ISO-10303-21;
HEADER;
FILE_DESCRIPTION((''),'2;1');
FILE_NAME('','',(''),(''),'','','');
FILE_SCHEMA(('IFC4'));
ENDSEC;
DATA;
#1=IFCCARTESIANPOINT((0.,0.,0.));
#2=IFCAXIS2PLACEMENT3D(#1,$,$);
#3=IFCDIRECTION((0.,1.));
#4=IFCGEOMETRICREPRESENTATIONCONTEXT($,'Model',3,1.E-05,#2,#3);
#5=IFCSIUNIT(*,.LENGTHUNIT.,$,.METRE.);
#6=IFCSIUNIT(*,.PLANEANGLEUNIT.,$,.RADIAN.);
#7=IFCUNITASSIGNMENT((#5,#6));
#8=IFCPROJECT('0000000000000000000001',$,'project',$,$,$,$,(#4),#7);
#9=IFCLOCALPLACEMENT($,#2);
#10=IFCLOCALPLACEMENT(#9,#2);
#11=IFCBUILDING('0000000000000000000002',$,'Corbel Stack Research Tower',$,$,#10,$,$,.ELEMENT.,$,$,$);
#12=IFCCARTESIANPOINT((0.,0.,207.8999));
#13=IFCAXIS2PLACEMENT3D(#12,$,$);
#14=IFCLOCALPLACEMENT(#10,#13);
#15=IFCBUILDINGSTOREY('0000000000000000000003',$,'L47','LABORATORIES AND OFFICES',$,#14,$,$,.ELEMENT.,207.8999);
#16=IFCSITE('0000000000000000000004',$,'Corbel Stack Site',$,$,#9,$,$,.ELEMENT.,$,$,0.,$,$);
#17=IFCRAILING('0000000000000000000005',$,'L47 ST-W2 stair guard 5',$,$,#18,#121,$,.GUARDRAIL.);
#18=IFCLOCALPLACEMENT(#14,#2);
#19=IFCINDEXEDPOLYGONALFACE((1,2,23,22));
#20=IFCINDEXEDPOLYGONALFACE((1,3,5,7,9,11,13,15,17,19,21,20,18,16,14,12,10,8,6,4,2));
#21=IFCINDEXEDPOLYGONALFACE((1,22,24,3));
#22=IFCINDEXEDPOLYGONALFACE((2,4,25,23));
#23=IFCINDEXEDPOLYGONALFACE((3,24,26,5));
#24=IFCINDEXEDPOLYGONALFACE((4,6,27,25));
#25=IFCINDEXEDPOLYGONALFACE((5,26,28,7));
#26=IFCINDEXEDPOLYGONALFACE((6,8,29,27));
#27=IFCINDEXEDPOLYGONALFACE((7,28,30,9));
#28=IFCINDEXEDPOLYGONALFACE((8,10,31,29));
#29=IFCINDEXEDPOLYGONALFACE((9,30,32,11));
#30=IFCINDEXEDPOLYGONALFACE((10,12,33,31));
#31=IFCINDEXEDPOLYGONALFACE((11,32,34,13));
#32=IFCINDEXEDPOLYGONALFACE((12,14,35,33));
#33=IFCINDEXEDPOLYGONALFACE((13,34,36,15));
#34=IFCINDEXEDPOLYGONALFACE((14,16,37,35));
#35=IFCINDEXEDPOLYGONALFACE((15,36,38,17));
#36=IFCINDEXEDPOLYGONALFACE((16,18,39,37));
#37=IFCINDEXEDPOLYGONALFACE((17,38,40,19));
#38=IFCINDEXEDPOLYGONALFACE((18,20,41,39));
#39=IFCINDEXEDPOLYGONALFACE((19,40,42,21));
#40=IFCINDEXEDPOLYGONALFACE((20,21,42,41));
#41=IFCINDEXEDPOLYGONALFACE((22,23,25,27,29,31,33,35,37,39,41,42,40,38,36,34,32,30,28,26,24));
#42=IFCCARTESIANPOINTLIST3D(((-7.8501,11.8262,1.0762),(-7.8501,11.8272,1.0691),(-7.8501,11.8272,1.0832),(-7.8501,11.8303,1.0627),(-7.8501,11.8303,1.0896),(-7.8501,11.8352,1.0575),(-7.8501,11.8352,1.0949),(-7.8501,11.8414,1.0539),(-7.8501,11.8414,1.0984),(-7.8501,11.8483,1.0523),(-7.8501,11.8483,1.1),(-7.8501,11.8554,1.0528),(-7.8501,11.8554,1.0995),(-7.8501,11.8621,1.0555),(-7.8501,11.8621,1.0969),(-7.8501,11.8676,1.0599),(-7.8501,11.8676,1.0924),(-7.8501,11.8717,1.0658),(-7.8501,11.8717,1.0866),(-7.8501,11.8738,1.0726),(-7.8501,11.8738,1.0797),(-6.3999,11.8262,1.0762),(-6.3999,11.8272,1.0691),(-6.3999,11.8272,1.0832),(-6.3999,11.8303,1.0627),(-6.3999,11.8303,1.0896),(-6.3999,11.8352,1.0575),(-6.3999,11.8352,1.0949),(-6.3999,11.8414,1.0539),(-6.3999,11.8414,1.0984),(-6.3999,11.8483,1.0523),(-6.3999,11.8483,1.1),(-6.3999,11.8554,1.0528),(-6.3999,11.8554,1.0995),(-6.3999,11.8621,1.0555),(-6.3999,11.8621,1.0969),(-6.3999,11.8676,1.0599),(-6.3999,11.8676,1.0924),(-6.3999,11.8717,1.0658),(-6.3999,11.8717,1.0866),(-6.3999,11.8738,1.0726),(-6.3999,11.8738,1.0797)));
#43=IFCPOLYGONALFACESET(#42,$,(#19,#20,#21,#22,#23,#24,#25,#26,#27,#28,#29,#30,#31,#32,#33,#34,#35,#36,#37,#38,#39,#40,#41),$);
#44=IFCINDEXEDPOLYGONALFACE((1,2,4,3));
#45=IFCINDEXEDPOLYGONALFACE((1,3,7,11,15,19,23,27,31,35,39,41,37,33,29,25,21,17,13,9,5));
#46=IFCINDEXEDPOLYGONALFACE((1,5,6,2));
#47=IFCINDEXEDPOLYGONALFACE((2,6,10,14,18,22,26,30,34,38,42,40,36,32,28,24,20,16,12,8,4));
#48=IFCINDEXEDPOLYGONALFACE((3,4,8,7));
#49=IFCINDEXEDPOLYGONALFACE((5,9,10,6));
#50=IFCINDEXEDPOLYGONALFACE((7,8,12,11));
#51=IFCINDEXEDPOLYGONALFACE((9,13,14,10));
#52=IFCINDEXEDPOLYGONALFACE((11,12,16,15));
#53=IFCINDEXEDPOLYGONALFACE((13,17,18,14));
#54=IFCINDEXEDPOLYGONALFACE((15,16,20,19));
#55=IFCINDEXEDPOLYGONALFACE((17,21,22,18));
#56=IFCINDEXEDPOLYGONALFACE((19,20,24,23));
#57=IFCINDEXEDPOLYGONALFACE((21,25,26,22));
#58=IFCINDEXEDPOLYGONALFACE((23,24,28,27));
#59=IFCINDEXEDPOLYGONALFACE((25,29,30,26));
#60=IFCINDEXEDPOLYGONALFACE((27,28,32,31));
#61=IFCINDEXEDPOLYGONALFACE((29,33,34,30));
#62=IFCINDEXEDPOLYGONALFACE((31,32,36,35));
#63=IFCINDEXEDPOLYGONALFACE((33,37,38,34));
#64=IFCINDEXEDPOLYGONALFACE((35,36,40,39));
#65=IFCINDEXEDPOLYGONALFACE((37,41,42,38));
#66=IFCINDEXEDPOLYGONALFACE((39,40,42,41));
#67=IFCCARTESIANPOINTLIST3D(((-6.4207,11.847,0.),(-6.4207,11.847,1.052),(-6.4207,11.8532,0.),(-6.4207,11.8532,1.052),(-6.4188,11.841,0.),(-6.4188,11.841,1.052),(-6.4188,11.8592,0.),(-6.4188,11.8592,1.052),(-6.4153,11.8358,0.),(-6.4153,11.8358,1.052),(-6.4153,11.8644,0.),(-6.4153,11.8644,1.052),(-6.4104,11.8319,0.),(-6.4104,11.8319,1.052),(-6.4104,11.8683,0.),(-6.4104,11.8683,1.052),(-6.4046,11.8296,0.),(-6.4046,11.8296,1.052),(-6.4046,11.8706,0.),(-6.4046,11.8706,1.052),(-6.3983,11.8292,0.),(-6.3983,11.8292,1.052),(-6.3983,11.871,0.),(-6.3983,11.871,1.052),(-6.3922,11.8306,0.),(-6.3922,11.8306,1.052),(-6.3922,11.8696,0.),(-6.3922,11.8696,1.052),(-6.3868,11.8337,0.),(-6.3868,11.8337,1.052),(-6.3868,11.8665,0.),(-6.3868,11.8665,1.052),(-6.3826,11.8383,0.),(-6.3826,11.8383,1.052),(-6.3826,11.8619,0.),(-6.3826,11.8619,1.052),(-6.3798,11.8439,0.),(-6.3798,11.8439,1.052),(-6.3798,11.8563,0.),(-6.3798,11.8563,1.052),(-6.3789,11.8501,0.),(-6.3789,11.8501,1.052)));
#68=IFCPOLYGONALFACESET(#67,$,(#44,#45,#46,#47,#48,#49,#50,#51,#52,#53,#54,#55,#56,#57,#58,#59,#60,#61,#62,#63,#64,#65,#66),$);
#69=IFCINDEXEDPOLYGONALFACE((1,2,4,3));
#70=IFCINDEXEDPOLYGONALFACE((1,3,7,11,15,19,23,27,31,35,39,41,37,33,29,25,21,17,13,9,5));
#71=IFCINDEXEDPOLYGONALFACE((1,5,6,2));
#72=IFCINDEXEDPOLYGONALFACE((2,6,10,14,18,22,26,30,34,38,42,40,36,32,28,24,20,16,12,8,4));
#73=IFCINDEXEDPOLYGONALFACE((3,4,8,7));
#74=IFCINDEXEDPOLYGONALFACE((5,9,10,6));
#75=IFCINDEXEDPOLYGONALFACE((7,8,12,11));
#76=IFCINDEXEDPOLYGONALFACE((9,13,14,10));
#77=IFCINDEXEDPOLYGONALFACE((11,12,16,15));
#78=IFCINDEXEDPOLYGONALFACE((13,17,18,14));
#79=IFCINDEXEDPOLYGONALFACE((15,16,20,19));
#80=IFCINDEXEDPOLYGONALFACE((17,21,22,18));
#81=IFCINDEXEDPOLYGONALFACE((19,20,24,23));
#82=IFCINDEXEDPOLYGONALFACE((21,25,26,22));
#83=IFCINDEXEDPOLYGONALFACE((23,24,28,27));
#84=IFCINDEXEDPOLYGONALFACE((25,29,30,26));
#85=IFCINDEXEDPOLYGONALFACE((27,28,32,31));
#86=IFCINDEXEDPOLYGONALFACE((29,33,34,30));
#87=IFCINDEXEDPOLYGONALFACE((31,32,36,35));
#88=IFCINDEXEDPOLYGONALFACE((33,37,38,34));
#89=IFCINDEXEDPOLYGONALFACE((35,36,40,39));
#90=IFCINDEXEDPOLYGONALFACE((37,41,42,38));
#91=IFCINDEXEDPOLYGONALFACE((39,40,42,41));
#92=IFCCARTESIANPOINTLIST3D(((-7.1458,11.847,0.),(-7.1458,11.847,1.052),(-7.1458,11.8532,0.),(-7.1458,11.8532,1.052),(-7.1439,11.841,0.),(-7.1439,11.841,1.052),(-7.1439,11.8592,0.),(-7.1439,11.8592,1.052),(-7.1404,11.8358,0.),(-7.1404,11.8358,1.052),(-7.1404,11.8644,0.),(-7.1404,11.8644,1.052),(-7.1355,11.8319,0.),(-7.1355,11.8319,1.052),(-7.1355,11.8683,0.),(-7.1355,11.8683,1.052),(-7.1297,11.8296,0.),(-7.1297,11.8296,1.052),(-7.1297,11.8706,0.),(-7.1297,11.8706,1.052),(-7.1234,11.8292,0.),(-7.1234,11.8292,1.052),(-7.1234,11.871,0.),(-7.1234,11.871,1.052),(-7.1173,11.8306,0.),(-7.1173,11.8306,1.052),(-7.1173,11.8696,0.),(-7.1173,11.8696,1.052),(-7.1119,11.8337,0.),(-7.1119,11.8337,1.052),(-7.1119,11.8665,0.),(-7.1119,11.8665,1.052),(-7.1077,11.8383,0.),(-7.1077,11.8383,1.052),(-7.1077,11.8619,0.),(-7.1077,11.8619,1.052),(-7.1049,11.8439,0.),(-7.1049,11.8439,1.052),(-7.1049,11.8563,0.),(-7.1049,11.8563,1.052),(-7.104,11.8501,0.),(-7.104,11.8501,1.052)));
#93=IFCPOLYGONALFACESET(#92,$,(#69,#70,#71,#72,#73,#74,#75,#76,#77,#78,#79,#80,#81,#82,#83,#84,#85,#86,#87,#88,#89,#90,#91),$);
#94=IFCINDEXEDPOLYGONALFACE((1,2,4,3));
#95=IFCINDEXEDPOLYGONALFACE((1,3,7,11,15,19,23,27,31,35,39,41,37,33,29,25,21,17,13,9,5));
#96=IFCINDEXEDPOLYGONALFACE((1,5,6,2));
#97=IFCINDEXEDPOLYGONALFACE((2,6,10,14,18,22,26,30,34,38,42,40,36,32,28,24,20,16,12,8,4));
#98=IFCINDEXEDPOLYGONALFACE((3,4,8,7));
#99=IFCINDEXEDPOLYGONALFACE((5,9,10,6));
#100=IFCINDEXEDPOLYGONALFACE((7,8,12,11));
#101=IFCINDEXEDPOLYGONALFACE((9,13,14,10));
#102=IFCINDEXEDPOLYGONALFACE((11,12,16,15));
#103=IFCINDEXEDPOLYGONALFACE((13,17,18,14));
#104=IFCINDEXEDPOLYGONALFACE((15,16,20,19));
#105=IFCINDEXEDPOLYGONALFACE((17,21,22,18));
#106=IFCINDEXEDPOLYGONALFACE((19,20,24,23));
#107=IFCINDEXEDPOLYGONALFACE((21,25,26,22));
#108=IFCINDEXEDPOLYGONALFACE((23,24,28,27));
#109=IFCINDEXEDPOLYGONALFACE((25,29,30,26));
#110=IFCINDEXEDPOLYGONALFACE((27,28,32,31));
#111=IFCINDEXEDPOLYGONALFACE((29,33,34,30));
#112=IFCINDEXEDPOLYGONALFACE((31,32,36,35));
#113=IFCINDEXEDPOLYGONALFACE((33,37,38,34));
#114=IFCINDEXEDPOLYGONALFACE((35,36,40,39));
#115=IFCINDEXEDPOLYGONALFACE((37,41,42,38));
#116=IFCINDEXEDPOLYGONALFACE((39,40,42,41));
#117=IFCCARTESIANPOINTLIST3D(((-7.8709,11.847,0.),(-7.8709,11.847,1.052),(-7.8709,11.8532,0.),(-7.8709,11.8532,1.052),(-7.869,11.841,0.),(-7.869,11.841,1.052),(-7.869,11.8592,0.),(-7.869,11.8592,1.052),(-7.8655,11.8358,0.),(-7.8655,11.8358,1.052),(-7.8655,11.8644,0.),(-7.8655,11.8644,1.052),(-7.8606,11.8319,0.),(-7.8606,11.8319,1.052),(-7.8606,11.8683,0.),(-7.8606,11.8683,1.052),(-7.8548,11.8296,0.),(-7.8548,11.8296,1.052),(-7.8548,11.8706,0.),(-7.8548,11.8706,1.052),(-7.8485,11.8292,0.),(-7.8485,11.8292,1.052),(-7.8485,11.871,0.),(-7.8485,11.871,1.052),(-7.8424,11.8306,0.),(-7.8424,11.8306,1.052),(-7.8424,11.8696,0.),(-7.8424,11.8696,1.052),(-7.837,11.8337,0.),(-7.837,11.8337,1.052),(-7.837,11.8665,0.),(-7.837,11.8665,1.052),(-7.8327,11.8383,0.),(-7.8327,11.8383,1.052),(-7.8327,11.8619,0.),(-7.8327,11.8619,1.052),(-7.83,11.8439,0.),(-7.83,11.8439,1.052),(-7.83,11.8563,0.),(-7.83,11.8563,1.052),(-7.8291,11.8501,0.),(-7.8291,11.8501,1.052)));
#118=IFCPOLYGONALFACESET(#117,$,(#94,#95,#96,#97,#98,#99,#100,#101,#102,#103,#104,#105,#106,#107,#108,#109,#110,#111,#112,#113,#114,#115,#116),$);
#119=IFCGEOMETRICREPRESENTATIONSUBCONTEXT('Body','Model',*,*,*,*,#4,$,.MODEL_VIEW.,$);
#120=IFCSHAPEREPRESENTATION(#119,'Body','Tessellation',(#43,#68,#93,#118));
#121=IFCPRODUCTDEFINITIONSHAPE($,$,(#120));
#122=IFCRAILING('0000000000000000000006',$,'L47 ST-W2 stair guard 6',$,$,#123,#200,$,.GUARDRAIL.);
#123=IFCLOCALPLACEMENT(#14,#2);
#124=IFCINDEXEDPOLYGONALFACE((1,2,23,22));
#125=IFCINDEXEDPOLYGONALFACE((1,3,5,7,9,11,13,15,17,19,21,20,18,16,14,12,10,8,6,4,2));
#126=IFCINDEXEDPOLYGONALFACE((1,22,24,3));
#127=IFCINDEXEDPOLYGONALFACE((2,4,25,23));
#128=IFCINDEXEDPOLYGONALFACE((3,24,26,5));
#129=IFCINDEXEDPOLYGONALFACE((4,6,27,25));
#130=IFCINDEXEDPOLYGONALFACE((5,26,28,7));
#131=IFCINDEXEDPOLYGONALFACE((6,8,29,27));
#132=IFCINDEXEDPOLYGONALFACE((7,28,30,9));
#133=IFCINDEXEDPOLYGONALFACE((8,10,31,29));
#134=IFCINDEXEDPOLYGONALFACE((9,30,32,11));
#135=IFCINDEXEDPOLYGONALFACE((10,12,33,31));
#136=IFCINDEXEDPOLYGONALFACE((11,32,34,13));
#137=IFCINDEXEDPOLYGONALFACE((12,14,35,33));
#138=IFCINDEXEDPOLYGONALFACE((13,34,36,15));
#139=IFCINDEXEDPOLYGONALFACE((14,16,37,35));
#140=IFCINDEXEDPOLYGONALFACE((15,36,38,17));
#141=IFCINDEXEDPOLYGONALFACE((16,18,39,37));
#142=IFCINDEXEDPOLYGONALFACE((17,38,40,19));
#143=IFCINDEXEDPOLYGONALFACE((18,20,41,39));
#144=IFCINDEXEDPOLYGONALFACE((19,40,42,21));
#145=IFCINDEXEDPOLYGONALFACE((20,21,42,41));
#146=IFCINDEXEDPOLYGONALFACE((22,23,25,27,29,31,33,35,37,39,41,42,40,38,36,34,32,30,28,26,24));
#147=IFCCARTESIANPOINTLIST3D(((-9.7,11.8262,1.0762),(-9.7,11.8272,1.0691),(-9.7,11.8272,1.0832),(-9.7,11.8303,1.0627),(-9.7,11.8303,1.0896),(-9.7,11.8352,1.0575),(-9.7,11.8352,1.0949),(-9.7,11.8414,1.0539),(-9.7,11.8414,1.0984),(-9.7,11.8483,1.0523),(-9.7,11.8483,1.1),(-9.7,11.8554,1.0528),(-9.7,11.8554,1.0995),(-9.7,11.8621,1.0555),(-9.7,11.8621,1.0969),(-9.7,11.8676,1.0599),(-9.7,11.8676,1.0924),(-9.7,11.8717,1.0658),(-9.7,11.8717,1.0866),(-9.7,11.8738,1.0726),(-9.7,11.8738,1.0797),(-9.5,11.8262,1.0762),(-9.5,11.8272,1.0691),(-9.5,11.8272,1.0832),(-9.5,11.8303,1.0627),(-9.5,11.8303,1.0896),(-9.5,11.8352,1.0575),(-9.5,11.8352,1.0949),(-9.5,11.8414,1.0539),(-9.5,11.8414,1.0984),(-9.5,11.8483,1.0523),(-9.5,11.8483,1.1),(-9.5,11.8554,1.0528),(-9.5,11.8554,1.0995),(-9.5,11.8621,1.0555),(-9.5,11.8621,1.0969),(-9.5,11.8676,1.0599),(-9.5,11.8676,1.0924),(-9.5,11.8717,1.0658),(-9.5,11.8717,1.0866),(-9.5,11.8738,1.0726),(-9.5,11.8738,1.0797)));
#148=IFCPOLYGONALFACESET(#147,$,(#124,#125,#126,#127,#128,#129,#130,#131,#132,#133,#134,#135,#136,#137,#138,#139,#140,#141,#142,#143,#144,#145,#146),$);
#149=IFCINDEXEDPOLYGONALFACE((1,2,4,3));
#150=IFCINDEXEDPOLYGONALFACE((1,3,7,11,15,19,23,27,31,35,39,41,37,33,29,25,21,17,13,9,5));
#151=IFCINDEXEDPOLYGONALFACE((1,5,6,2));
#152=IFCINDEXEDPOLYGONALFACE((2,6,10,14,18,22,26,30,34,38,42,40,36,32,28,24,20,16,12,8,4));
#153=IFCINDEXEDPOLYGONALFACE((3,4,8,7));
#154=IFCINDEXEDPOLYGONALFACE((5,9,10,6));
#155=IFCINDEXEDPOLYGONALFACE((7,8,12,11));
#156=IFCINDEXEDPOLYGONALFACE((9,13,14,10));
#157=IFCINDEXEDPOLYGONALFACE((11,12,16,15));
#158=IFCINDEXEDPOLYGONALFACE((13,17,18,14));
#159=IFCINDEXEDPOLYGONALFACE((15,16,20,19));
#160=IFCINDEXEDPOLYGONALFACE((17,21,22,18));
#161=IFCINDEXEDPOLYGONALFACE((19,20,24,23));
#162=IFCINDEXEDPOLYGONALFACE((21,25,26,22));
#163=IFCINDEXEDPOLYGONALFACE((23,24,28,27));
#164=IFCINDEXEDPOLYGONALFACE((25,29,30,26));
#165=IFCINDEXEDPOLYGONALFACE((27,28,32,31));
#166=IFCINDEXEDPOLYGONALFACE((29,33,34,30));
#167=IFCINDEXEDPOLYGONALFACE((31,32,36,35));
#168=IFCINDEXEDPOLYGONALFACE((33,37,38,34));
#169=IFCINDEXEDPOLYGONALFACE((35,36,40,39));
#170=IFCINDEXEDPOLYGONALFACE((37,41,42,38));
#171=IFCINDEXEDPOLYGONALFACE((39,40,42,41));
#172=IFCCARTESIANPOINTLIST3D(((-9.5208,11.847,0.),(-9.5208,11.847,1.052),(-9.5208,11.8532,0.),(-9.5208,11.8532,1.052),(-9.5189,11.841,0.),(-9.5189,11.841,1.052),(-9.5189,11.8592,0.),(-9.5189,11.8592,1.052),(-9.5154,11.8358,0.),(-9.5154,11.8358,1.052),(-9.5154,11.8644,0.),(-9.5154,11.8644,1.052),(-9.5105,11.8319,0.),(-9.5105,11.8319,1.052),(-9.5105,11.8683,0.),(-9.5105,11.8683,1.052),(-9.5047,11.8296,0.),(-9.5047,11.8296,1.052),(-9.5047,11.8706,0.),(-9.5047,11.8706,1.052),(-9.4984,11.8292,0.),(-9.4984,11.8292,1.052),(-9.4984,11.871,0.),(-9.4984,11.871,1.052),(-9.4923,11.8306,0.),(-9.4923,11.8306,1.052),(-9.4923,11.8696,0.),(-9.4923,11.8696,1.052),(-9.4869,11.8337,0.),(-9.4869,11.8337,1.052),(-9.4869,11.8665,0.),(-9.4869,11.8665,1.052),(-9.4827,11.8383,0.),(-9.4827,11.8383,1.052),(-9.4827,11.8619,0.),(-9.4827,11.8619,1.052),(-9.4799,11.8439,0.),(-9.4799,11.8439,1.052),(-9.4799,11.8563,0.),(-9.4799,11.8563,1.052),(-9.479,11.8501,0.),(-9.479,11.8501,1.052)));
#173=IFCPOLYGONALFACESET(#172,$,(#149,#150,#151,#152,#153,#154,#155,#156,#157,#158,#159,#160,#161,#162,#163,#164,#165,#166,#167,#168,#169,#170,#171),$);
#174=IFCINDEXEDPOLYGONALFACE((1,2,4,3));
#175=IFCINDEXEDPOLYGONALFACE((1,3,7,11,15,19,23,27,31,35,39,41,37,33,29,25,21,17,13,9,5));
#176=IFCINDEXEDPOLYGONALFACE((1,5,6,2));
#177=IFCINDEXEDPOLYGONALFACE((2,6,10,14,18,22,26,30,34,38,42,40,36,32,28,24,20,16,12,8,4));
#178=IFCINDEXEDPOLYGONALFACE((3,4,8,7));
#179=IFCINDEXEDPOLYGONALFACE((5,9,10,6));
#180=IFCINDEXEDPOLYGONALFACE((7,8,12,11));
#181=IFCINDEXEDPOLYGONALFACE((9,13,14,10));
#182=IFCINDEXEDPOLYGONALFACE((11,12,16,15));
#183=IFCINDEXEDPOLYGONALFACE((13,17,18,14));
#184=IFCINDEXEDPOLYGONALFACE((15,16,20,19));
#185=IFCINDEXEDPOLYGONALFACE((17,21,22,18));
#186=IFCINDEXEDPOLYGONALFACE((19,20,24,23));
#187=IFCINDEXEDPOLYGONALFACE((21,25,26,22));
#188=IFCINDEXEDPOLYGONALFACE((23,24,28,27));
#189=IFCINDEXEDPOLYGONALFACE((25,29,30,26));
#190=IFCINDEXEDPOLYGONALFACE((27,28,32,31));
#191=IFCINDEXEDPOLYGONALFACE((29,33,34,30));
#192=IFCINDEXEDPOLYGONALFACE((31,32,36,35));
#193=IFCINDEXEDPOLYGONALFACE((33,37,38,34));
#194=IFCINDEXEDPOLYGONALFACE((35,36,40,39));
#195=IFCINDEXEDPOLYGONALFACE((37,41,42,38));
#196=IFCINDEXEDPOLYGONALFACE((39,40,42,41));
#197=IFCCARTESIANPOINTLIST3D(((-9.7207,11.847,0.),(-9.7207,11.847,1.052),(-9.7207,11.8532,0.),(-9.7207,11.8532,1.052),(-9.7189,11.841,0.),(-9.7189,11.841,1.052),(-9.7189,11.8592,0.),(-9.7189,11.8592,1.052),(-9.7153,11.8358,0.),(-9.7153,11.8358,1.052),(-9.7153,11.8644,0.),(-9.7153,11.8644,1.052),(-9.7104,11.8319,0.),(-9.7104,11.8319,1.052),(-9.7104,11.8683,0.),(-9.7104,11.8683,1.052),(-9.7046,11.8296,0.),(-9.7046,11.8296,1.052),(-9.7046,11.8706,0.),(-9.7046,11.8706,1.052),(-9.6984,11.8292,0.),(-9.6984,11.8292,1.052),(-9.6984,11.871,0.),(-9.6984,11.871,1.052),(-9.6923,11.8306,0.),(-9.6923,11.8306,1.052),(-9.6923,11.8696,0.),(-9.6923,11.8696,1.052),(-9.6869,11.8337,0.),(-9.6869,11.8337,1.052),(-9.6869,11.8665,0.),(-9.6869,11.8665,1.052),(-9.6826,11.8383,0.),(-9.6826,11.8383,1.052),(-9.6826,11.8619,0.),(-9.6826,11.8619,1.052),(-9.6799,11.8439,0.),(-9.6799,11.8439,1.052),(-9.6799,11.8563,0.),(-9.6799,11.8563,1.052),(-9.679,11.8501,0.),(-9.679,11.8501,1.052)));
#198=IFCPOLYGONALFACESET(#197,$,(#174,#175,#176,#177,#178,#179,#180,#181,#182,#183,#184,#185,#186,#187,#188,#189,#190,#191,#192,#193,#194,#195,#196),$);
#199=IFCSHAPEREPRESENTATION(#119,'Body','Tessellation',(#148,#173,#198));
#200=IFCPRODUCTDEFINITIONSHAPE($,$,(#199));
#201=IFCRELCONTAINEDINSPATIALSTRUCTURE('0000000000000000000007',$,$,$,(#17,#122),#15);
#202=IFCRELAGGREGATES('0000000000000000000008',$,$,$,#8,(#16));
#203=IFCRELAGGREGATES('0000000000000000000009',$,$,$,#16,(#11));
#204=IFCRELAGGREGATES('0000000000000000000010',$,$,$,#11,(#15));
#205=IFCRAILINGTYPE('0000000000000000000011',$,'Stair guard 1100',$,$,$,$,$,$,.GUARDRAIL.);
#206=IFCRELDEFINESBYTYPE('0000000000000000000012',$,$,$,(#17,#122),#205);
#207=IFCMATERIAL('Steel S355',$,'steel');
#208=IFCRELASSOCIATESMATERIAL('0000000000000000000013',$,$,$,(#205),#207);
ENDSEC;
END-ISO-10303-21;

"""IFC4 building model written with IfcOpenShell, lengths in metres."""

from ifc_helpers import new_model, si_unit, direction, frame, origin, origin_2d, place, context, subcontext, project, spatial, circle, extrude, material, type_object, element, save


model = new_model("IFC4")

# Units and contexts
model_context = context("Model", 3, precision=1e-05, world=origin(), true_north=direction((0.0, 1.0)))
body_context = subcontext(model_context, "Body", "Model", "MODEL_VIEW")
ifc_project = project(units=[si_unit("LENGTHUNIT", "METRE"), si_unit("PLANEANGLEUNIT", "RADIAN")], contexts=[model_context])

# Site, building, storey
site_placement = place(None, origin())
site = spatial("IfcSite", under=ifc_project, at=site_placement, Name="Corbel Stack Site", CompositionType="ELEMENT", RefElevation=0.0)
building_placement = place(site_placement, origin())
building = spatial("IfcBuilding", under=site, at=building_placement, Name="Corbel Stack Research Tower", CompositionType="ELEMENT")
storey_placement = place(building_placement, frame((0.0, 0.0, 207.8999)))
storey = spatial("IfcBuildingStorey", under=building, at=storey_placement, Name="L47", Description="LABORATORIES AND OFFICES", CompositionType="ELEMENT", Elevation=207.8999)

# Railings
ifc_material_1 = material(Name="Steel S355", Category="steel")
railing_type = type_object("IfcRailingType", Name="Stair guard 1100", PredefinedType="GUARDRAIL", material=ifc_material_1)
railing_1_placement = place(storey_placement, frame((-6.3999, 11.8501, 0.0)))
element("IfcRailing", 1, at=railing_1_placement, inside=storey, type_object=railing_type, Name="L47 ST-W2 stair guard 5", PredefinedType="GUARDRAIL", context=body_context, shape_type="SweptSolid", body=[
    extrude(circle(Radius=0.0239, at=origin_2d()), frame((0.0, 0.0, 1.0762), z_axis=(-1.0, 0.0, 0.0), x_axis=(0.0, -1.0, 0.0)), (0.0, 0.0, 1.0), 1.4502),
    extrude(circle(Radius=0.021, at=origin_2d()), origin(), (0.0, 0.0, 1.0), 1.052),
    extrude(circle(Radius=0.021, at=origin_2d()), frame((-0.7251, 0.0, 0.0)), (0.0, 0.0, 1.0), 1.052),
    extrude(circle(Radius=0.021, at=origin_2d()), frame((-1.4502, 0.0, 0.0)), (0.0, 0.0, 1.0), 1.052),
])
railing_2_placement = place(storey_placement, frame((-9.5, 11.8501, 0.0)))
element("IfcRailing", 2, at=railing_2_placement, inside=storey, type_object=railing_type, Name="L47 ST-W2 stair guard 6", PredefinedType="GUARDRAIL", context=body_context, shape_type="SweptSolid", body=[
    extrude(circle(Radius=0.0239, at=origin_2d()), frame((0.0, 0.0, 1.0762), z_axis=(-1.0, 0.0, 0.0), x_axis=(0.0, -1.0, 0.0)), (0.0, 0.0, 1.0), 0.2),
    extrude(circle(Radius=0.021, at=origin_2d()), origin(), (0.0, 0.0, 1.0), 1.052),
    extrude(circle(Radius=0.021, at=origin_2d()), frame((-0.2, 0.0, 0.0)), (0.0, 0.0, 1.0), 1.052),
])

save(model, "model.ifc")
